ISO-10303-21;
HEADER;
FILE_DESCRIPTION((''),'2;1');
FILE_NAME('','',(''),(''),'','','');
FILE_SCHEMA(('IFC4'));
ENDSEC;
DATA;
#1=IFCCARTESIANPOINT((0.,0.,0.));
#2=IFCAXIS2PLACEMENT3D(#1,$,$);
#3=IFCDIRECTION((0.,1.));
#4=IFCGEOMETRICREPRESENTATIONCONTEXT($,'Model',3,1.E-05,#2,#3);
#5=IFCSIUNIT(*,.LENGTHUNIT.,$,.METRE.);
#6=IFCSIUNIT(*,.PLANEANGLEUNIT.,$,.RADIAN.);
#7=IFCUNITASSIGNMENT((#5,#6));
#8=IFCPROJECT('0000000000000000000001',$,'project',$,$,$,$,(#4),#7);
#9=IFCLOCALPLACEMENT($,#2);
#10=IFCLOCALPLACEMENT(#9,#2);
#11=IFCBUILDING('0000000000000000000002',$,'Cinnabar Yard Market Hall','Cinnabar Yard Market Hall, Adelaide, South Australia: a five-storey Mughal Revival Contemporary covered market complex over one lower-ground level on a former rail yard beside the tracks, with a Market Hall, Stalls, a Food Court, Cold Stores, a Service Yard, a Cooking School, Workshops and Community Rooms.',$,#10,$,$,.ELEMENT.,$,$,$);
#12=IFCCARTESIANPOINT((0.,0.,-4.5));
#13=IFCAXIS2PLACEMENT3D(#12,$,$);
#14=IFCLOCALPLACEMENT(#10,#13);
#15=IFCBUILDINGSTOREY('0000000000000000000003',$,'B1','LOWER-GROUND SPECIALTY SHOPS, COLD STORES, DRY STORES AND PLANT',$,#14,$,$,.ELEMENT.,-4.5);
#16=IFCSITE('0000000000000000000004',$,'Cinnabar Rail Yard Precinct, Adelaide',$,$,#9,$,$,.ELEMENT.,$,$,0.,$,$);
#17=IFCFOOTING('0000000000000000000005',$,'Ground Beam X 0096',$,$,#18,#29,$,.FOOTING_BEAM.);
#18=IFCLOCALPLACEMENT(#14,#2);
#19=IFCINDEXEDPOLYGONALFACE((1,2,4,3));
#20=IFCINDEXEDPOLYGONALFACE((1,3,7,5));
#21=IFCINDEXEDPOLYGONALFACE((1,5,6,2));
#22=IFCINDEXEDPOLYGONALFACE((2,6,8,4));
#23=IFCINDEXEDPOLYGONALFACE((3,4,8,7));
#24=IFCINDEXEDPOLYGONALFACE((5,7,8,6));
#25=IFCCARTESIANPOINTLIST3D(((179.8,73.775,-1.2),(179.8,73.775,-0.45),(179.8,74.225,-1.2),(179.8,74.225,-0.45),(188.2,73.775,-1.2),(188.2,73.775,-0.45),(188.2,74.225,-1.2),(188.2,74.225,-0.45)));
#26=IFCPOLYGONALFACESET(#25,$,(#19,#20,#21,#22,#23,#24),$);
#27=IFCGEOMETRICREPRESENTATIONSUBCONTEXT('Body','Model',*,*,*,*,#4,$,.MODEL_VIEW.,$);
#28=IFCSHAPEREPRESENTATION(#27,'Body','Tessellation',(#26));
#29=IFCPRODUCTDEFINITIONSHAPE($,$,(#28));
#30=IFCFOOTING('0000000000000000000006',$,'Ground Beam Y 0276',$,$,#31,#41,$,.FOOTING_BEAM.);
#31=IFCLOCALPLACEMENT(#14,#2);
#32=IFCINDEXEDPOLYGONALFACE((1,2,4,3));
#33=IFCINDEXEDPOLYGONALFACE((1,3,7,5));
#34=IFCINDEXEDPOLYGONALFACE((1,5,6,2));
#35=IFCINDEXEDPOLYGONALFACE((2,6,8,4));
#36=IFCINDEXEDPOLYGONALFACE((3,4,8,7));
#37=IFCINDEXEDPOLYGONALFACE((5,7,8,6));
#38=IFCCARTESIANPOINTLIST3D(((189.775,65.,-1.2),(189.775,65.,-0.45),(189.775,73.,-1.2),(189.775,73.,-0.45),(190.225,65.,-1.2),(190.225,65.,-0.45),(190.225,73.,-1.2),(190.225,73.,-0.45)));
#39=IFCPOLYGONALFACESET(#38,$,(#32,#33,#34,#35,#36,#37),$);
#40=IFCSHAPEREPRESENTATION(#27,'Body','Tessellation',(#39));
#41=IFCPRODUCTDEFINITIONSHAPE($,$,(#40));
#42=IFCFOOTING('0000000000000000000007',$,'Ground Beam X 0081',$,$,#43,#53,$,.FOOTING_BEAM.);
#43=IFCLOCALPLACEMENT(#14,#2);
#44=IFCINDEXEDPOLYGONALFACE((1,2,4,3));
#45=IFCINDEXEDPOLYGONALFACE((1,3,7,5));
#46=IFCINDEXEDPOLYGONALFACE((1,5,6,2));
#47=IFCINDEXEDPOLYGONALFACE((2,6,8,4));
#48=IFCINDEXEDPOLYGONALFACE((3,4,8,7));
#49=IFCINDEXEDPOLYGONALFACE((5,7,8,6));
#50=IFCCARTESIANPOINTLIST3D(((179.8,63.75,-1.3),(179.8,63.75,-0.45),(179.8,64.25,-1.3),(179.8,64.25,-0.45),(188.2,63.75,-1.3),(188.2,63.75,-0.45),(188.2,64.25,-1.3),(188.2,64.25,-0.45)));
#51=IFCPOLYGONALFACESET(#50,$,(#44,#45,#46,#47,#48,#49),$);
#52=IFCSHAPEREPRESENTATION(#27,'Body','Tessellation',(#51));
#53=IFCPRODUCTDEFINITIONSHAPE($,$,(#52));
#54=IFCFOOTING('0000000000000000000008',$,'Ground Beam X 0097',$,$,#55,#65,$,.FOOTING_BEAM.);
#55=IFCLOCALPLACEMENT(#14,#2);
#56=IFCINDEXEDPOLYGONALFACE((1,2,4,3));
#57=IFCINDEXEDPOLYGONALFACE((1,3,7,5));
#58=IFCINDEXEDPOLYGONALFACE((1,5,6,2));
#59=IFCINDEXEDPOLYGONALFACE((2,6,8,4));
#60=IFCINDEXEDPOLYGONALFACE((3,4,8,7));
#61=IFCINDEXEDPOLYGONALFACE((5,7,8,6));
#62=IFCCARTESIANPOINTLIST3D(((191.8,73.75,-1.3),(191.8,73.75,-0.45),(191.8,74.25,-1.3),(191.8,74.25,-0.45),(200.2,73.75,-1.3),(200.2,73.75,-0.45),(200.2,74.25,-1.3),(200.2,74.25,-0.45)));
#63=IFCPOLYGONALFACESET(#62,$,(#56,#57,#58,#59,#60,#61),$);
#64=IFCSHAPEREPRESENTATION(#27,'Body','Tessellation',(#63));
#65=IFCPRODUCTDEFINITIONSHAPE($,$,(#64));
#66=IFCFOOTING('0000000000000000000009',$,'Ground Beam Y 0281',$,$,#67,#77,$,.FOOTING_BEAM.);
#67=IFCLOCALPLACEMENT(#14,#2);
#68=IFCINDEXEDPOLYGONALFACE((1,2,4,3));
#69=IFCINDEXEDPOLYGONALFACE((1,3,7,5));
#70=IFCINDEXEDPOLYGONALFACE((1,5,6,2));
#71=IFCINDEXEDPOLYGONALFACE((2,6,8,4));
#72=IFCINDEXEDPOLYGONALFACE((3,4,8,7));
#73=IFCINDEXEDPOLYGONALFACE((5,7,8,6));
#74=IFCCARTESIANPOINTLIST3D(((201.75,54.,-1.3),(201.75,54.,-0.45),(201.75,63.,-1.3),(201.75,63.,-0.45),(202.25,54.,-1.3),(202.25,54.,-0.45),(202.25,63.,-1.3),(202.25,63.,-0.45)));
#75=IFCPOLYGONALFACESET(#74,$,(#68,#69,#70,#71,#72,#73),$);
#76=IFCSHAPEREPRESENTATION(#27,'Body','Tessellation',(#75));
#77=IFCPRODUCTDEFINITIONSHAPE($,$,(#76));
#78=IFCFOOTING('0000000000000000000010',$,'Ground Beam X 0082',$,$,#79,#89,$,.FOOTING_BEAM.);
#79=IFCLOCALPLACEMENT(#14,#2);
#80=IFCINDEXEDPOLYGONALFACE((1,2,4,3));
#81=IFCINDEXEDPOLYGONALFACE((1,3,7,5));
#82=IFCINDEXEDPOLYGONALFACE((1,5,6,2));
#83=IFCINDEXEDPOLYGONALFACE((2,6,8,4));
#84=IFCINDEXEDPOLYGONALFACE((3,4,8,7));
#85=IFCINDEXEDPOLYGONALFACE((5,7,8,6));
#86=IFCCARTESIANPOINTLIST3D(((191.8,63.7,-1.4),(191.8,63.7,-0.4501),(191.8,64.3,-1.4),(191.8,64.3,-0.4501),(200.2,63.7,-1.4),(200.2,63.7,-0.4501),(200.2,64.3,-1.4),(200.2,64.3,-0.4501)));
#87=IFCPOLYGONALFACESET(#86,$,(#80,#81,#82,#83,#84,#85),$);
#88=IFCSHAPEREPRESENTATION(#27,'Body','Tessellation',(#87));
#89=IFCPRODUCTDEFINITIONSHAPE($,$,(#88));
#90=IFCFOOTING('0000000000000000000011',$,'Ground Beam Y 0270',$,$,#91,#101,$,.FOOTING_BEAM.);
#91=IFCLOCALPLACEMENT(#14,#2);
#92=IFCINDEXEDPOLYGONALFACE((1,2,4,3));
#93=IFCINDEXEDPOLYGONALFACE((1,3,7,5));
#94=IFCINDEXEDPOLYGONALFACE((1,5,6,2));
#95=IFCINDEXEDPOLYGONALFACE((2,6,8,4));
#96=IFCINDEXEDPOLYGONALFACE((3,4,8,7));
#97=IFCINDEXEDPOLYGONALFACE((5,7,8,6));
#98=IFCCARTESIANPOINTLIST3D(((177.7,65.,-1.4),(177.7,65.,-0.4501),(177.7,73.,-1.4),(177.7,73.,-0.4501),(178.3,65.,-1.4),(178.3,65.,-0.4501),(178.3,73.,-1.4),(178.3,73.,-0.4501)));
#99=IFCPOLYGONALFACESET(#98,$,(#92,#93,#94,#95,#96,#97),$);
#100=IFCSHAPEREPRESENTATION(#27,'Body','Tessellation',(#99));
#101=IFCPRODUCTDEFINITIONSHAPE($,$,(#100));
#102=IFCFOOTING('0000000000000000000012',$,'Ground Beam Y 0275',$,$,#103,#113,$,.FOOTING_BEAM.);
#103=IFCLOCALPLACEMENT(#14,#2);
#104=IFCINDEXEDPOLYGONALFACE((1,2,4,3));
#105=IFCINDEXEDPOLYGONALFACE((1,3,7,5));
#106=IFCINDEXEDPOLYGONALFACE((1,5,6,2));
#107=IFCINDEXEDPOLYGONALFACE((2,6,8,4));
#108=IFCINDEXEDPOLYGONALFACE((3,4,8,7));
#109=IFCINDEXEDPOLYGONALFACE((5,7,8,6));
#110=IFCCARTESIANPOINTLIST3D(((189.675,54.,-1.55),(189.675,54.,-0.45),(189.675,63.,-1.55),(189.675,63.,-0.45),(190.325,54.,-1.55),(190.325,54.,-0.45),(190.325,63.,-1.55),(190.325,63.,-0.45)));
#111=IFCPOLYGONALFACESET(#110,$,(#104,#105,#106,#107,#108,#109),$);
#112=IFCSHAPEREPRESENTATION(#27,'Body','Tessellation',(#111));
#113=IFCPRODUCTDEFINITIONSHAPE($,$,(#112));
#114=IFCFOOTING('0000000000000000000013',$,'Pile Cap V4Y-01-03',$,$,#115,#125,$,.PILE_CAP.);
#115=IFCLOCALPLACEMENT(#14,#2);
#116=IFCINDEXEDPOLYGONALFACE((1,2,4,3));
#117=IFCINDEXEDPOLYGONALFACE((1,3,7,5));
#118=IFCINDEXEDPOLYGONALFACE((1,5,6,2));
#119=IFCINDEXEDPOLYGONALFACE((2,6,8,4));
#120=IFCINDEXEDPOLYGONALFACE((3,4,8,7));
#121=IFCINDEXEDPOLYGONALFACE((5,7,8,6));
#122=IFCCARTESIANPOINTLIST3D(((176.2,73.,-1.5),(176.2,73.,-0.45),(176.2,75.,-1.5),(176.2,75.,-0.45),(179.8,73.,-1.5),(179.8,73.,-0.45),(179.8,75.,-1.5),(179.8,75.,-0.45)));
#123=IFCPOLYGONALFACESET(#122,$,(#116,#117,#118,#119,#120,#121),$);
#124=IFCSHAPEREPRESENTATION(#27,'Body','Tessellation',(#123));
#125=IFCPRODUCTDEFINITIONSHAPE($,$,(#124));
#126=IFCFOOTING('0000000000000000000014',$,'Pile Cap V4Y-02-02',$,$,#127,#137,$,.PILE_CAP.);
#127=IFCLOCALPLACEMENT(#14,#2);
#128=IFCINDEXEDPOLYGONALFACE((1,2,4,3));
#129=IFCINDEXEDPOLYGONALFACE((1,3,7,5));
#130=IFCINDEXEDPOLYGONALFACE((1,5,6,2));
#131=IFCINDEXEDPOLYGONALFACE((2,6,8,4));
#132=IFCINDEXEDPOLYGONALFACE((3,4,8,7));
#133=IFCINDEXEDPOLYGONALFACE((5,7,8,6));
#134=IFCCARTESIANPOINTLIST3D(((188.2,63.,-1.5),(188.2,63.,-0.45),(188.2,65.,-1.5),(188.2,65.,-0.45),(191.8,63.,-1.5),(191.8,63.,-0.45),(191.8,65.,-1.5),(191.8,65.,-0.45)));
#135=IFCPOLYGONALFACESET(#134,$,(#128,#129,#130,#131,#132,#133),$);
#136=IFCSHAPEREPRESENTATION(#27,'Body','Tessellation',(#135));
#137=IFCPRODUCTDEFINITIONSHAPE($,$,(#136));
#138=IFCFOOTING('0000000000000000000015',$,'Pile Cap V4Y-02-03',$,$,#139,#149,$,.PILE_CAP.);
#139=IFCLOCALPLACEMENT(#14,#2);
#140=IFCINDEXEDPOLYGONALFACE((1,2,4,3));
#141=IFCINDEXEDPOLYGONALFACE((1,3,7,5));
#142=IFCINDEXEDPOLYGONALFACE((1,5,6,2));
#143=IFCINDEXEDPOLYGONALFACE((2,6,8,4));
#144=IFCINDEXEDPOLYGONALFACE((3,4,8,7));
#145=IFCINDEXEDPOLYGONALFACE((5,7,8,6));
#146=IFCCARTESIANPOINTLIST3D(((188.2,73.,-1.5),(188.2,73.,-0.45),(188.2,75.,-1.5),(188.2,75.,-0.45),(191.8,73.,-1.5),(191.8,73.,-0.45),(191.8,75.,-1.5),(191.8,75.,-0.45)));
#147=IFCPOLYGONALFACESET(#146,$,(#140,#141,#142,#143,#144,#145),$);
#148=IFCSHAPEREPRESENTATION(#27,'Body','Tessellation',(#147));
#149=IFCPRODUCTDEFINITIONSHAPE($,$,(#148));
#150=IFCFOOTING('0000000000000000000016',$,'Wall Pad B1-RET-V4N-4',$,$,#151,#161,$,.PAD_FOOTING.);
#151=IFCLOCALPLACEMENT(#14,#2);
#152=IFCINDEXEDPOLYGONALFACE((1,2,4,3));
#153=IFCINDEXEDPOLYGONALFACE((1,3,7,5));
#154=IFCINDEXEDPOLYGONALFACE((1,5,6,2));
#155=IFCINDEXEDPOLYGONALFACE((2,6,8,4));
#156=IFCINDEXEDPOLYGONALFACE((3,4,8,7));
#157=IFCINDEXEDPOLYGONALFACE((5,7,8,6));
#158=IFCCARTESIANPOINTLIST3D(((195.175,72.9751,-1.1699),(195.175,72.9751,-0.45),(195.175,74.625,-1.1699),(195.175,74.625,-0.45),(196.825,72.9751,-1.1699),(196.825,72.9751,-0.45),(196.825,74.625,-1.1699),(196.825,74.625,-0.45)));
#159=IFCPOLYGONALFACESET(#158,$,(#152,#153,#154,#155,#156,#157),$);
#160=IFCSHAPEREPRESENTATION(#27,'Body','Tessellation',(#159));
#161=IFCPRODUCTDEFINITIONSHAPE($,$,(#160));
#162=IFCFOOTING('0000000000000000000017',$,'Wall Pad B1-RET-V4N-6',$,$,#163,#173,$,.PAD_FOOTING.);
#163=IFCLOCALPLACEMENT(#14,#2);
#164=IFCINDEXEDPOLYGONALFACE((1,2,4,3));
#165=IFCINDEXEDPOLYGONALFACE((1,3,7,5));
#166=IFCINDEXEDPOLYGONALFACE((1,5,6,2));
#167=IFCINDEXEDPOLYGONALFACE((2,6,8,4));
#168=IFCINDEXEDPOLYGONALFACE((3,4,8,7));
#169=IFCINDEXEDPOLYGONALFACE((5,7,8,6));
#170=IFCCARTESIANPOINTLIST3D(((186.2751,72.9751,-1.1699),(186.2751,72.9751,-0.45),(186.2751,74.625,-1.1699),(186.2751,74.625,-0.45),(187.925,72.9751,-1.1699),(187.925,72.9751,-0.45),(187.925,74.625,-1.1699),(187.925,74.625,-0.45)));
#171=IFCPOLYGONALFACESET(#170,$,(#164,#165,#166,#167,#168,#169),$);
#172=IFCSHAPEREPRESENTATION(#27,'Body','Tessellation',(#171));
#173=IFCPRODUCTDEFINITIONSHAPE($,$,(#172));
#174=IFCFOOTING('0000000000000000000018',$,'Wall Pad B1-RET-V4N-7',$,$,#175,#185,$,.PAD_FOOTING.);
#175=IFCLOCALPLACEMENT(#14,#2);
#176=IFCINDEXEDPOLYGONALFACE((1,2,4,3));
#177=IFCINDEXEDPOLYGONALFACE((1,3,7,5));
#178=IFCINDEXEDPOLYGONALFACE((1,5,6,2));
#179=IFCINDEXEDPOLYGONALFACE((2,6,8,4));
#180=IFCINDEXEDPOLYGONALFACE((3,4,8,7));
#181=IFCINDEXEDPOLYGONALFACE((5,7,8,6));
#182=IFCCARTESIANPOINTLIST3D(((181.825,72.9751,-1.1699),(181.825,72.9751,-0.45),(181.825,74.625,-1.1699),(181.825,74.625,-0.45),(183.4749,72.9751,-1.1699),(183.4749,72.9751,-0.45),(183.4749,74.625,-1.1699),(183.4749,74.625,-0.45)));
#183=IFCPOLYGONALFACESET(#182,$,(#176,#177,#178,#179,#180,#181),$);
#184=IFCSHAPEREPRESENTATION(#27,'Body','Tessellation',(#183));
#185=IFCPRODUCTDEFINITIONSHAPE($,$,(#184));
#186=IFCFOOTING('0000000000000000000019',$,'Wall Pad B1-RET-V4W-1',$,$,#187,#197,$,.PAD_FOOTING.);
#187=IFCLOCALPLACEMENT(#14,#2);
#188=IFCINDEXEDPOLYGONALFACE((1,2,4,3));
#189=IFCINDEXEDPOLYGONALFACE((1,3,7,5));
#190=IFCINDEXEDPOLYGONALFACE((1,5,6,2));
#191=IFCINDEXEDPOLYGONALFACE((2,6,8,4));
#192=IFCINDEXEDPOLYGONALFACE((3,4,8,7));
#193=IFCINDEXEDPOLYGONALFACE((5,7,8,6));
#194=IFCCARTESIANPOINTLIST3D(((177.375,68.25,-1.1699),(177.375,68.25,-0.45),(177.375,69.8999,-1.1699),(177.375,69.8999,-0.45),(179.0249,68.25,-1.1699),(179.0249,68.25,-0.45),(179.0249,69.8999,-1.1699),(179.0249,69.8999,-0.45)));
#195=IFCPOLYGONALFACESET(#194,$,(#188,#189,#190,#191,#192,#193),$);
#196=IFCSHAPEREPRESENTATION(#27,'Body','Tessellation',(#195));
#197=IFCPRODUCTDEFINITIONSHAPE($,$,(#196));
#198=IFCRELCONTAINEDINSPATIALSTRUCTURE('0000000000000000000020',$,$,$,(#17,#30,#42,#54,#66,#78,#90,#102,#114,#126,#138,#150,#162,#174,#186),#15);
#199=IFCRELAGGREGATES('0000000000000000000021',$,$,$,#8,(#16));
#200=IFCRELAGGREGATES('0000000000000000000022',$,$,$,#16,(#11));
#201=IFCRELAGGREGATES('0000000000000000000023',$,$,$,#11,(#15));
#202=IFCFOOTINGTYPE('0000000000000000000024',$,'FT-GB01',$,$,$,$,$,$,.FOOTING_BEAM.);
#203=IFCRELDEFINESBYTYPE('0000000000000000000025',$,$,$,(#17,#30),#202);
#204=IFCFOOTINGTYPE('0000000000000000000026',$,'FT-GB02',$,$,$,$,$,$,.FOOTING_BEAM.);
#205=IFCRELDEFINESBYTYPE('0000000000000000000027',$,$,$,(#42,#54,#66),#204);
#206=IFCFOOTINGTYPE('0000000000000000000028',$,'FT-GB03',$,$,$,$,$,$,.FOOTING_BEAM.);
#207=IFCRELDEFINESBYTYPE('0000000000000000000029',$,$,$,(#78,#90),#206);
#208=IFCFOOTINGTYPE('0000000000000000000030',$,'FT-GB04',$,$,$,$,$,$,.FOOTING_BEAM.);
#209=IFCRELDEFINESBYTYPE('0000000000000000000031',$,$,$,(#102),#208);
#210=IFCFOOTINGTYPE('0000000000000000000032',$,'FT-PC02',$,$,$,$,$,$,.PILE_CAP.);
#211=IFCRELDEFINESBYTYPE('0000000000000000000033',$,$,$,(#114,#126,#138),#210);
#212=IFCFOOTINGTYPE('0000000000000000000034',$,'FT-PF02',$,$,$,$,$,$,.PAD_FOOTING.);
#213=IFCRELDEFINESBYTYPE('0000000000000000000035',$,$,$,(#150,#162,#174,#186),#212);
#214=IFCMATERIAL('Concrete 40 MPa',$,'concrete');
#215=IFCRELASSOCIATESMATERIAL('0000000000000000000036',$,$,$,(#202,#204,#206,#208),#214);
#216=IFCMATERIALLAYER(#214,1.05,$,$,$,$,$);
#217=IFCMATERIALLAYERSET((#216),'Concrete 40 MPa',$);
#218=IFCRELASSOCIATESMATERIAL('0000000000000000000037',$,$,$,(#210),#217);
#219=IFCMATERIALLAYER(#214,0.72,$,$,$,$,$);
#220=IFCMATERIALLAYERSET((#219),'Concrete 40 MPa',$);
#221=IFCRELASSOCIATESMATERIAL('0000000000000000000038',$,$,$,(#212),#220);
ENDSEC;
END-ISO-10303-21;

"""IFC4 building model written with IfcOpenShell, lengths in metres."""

from ifc_helpers import new_model, si_unit, direction, frame, origin, origin_2d_with_axis, place, context, subcontext, project, spatial, rectangle, extrude, material, layer, layer_set, material_profile, profile_set, type_object, element, save


model = new_model("IFC4")

# Units and contexts
model_context = context("Model", 3, precision=1e-05, world=origin(), true_north=direction((0.0, 1.0)))
body_context = subcontext(model_context, "Body", "Model", "MODEL_VIEW")
ifc_project = project(units=[si_unit("LENGTHUNIT", "METRE"), si_unit("PLANEANGLEUNIT", "RADIAN")], contexts=[model_context])

# Site, building, storey
site_placement = place(None, origin())
site = spatial("IfcSite", under=ifc_project, at=site_placement, Name="Cinnabar Rail Yard Precinct, Adelaide", CompositionType="ELEMENT", RefElevation=0.0)
building_placement = place(site_placement, origin())
building = spatial("IfcBuilding", under=site, at=building_placement, Name="Cinnabar Yard Market Hall", Description="Cinnabar Yard Market Hall, Adelaide, South Australia: a five-storey Mughal Revival Contemporary covered market complex over one lower-ground level on a former rail yard beside the tracks, with a Market Hall, Stalls, a Food Court, Cold Stores, a Service Yard, a Cooking School, Workshops and Community Rooms.", CompositionType="ELEMENT")
storey_placement = place(building_placement, frame((0.0, 0.0, -4.5)))
storey = spatial("IfcBuildingStorey", under=building, at=storey_placement, Name="B1", Description="LOWER-GROUND SPECIALTY SHOPS, COLD STORES, DRY STORES AND PLANT", CompositionType="ELEMENT", Elevation=-4.5)

# Footings
ifc_material_1 = material(Name="Concrete 40 MPa", Category="concrete")
ifc_material_profile_1 = material_profile(ifc_material_1, rectangle(XDim=0.45, YDim=0.75, at=origin_2d_with_axis()), Name="GB-450x750")
ifc_profile_set_1 = profile_set([ifc_material_profile_1], Name="Concrete 40 MPa")
footing_type_1 = type_object("IfcFootingType", Name="FT-GB01", PredefinedType="FOOTING_BEAM", material=ifc_profile_set_1)
footing_1_placement = place(storey_placement, frame((179.8, 74.0, -0.825), z_axis=(1.0, 0.0, 0.0), x_axis=(0.0, 1.0, 0.0)))
element("IfcFooting", 1, at=footing_1_placement, inside=storey, type_object=footing_type_1, Name="Ground Beam X 0096", PredefinedType="FOOTING_BEAM", context=body_context, shape_type="SweptSolid", body=[
    extrude(rectangle(XDim=0.45, YDim=0.75, at=origin_2d_with_axis()), origin(), (0.0, 0.0, 1.0), 8.3999),
])
footing_2_placement = place(storey_placement, frame((190.0, 65.0, -0.825), z_axis=(0.0, 1.0, 0.0), x_axis=(-1.0, 0.0, 0.0)))
element("IfcFooting", 2, at=footing_2_placement, inside=storey, type_object=footing_type_1, Name="Ground Beam Y 0276", PredefinedType="FOOTING_BEAM", context=body_context, shape_type="SweptSolid", body=[
    extrude(rectangle(XDim=0.45, YDim=0.75, at=origin_2d_with_axis()), origin(), (0.0, 0.0, 1.0), 8.0),
])
ifc_material_profile_2 = material_profile(ifc_material_1, rectangle(XDim=0.5, YDim=0.8501, at=origin_2d_with_axis()), Name="GB-500x850")
ifc_profile_set_2 = profile_set([ifc_material_profile_2], Name="Concrete 40 MPa")
footing_type_2 = type_object("IfcFootingType", Name="FT-GB02", PredefinedType="FOOTING_BEAM", material=ifc_profile_set_2)
for number, where, z_axis, x_axis, name in (
    (3, (179.8, 64.0, -0.875), (1.0, 0.0, 0.0), (0.0, 1.0, 0.0), "Ground Beam X 0081"),
    (4, (191.8, 74.0, -0.875), (1.0, 0.0, 0.0), (0.0, 1.0, 0.0), "Ground Beam X 0097"),
):
    element("IfcFooting", number, at=place(storey_placement, frame(where, z_axis=z_axis, x_axis=x_axis)), inside=storey, type_object=footing_type_2, Name=name, PredefinedType="FOOTING_BEAM", context=body_context, shape_type="SweptSolid", body=[
        extrude(rectangle(XDim=0.5, YDim=0.8501, at=origin_2d_with_axis()), origin(), (0.0, 0.0, 1.0), 8.3999),
    ])
footing_3_placement = place(storey_placement, frame((202.0, 54.0, -0.875), z_axis=(0.0, 1.0, 0.0), x_axis=(-1.0, 0.0, 0.0)))
element("IfcFooting", 5, at=footing_3_placement, inside=storey, type_object=footing_type_2, Name="Ground Beam Y 0281", PredefinedType="FOOTING_BEAM", context=body_context, shape_type="SweptSolid", body=[
    extrude(rectangle(XDim=0.5, YDim=0.8501, at=origin_2d_with_axis()), origin(), (0.0, 0.0, 1.0), 9.0),
])
ifc_material_profile_3 = material_profile(ifc_material_1, rectangle(XDim=0.6001, YDim=0.95, at=origin_2d_with_axis()), Name="GB-600x950")
ifc_profile_set_3 = profile_set([ifc_material_profile_3], Name="Concrete 40 MPa")
footing_type_3 = type_object("IfcFootingType", Name="FT-GB03", PredefinedType="FOOTING_BEAM", material=ifc_profile_set_3)
footing_4_placement = place(storey_placement, frame((191.8, 64.0, -0.925), z_axis=(1.0, 0.0, 0.0), x_axis=(0.0, 1.0, 0.0)))
element("IfcFooting", 6, at=footing_4_placement, inside=storey, type_object=footing_type_3, Name="Ground Beam X 0082", PredefinedType="FOOTING_BEAM", context=body_context, shape_type="SweptSolid", body=[
    extrude(rectangle(XDim=0.6001, YDim=0.95, at=origin_2d_with_axis()), origin(), (0.0, 0.0, 1.0), 8.3999),
])
footing_5_placement = place(storey_placement, frame((178.0, 65.0, -0.925), z_axis=(0.0, 1.0, 0.0), x_axis=(-1.0, 0.0, 0.0)))
element("IfcFooting", 7, at=footing_5_placement, inside=storey, type_object=footing_type_3, Name="Ground Beam Y 0270", PredefinedType="FOOTING_BEAM", context=body_context, shape_type="SweptSolid", body=[
    extrude(rectangle(XDim=0.6001, YDim=0.95, at=origin_2d_with_axis()), origin(), (0.0, 0.0, 1.0), 8.0),
])
ifc_material_profile_4 = material_profile(ifc_material_1, rectangle(XDim=0.6499, YDim=1.1001, at=origin_2d_with_axis()), Name="GB-650x1100")
ifc_profile_set_4 = profile_set([ifc_material_profile_4], Name="Concrete 40 MPa")
footing_type_4 = type_object("IfcFootingType", Name="FT-GB04", PredefinedType="FOOTING_BEAM", material=ifc_profile_set_4)
footing_6_placement = place(storey_placement, frame((190.0, 54.0, -1.0), z_axis=(0.0, 1.0, 0.0), x_axis=(-1.0, 0.0, 0.0)))
element("IfcFooting", 8, at=footing_6_placement, inside=storey, type_object=footing_type_4, Name="Ground Beam Y 0275", PredefinedType="FOOTING_BEAM", context=body_context, shape_type="SweptSolid", body=[
    extrude(rectangle(XDim=0.6499, YDim=1.1001, at=origin_2d_with_axis()), origin(), (0.0, 0.0, 1.0), 9.0),
])
ifc_layer_1 = layer(ifc_material_1, 1.05)
ifc_layer_set_1 = layer_set([ifc_layer_1], Name="Concrete 40 MPa")
footing_type_5 = type_object("IfcFootingType", Name="FT-PC02", PredefinedType="PILE_CAP", material=ifc_layer_set_1)
for number, where, z_axis, x_axis, name in (
    (9, (178.0, 74.0, -1.5), (0.0, 0.0, 1.0), (1.0, 0.0, 0.0), "Pile Cap V4Y-01-03"),
    (10, (190.0, 64.0, -1.5), (0.0, 0.0, 1.0), (1.0, 0.0, 0.0), "Pile Cap V4Y-02-02"),
    (11, (190.0, 74.0, -1.5), (0.0, 0.0, 1.0), (1.0, 0.0, 0.0), "Pile Cap V4Y-02-03"),
):
    element("IfcFooting", number, at=place(storey_placement, frame(where, z_axis=z_axis, x_axis=x_axis)), inside=storey, type_object=footing_type_5, Name=name, PredefinedType="PILE_CAP", context=body_context, shape_type="SweptSolid", body=[
        extrude(rectangle(XDim=3.6001, YDim=2.0, at=origin_2d_with_axis()), origin(), (0.0, 0.0, 1.0), 1.05),
    ])
ifc_layer_2 = layer(ifc_material_1, 0.72)
ifc_layer_set_2 = layer_set([ifc_layer_2], Name="Concrete 40 MPa")
footing_type_6 = type_object("IfcFootingType", Name="FT-PF02", PredefinedType="PAD_FOOTING", material=ifc_layer_set_2)
for number, where, z_axis, x_axis, name in (
    (12, (196.0, 73.8, -1.1699), (0.0, 0.0, 1.0), (1.0, 0.0, 0.0), "Wall Pad B1-RET-V4N-4"),
    (13, (187.1001, 73.8, -1.1699), (0.0, 0.0, 1.0), (1.0, 0.0, 0.0), "Wall Pad B1-RET-V4N-6"),
    (14, (182.6499, 73.8, -1.1699), (0.0, 0.0, 1.0), (1.0, 0.0, 0.0), "Wall Pad B1-RET-V4N-7"),
    (15, (178.2, 69.075, -1.1699), (0.0, 0.0, 1.0), (1.0, 0.0, 0.0), "Wall Pad B1-RET-V4W-1"),
):
    element("IfcFooting", number, at=place(storey_placement, frame(where, z_axis=z_axis, x_axis=x_axis)), inside=storey, type_object=footing_type_6, Name=name, PredefinedType="PAD_FOOTING", context=body_context, shape_type="SweptSolid", body=[
        extrude(rectangle(XDim=1.6499, YDim=1.6499, at=origin_2d_with_axis()), origin(), (0.0, 0.0, 1.0), 0.72),
    ])

save(model, "model.ifc")
